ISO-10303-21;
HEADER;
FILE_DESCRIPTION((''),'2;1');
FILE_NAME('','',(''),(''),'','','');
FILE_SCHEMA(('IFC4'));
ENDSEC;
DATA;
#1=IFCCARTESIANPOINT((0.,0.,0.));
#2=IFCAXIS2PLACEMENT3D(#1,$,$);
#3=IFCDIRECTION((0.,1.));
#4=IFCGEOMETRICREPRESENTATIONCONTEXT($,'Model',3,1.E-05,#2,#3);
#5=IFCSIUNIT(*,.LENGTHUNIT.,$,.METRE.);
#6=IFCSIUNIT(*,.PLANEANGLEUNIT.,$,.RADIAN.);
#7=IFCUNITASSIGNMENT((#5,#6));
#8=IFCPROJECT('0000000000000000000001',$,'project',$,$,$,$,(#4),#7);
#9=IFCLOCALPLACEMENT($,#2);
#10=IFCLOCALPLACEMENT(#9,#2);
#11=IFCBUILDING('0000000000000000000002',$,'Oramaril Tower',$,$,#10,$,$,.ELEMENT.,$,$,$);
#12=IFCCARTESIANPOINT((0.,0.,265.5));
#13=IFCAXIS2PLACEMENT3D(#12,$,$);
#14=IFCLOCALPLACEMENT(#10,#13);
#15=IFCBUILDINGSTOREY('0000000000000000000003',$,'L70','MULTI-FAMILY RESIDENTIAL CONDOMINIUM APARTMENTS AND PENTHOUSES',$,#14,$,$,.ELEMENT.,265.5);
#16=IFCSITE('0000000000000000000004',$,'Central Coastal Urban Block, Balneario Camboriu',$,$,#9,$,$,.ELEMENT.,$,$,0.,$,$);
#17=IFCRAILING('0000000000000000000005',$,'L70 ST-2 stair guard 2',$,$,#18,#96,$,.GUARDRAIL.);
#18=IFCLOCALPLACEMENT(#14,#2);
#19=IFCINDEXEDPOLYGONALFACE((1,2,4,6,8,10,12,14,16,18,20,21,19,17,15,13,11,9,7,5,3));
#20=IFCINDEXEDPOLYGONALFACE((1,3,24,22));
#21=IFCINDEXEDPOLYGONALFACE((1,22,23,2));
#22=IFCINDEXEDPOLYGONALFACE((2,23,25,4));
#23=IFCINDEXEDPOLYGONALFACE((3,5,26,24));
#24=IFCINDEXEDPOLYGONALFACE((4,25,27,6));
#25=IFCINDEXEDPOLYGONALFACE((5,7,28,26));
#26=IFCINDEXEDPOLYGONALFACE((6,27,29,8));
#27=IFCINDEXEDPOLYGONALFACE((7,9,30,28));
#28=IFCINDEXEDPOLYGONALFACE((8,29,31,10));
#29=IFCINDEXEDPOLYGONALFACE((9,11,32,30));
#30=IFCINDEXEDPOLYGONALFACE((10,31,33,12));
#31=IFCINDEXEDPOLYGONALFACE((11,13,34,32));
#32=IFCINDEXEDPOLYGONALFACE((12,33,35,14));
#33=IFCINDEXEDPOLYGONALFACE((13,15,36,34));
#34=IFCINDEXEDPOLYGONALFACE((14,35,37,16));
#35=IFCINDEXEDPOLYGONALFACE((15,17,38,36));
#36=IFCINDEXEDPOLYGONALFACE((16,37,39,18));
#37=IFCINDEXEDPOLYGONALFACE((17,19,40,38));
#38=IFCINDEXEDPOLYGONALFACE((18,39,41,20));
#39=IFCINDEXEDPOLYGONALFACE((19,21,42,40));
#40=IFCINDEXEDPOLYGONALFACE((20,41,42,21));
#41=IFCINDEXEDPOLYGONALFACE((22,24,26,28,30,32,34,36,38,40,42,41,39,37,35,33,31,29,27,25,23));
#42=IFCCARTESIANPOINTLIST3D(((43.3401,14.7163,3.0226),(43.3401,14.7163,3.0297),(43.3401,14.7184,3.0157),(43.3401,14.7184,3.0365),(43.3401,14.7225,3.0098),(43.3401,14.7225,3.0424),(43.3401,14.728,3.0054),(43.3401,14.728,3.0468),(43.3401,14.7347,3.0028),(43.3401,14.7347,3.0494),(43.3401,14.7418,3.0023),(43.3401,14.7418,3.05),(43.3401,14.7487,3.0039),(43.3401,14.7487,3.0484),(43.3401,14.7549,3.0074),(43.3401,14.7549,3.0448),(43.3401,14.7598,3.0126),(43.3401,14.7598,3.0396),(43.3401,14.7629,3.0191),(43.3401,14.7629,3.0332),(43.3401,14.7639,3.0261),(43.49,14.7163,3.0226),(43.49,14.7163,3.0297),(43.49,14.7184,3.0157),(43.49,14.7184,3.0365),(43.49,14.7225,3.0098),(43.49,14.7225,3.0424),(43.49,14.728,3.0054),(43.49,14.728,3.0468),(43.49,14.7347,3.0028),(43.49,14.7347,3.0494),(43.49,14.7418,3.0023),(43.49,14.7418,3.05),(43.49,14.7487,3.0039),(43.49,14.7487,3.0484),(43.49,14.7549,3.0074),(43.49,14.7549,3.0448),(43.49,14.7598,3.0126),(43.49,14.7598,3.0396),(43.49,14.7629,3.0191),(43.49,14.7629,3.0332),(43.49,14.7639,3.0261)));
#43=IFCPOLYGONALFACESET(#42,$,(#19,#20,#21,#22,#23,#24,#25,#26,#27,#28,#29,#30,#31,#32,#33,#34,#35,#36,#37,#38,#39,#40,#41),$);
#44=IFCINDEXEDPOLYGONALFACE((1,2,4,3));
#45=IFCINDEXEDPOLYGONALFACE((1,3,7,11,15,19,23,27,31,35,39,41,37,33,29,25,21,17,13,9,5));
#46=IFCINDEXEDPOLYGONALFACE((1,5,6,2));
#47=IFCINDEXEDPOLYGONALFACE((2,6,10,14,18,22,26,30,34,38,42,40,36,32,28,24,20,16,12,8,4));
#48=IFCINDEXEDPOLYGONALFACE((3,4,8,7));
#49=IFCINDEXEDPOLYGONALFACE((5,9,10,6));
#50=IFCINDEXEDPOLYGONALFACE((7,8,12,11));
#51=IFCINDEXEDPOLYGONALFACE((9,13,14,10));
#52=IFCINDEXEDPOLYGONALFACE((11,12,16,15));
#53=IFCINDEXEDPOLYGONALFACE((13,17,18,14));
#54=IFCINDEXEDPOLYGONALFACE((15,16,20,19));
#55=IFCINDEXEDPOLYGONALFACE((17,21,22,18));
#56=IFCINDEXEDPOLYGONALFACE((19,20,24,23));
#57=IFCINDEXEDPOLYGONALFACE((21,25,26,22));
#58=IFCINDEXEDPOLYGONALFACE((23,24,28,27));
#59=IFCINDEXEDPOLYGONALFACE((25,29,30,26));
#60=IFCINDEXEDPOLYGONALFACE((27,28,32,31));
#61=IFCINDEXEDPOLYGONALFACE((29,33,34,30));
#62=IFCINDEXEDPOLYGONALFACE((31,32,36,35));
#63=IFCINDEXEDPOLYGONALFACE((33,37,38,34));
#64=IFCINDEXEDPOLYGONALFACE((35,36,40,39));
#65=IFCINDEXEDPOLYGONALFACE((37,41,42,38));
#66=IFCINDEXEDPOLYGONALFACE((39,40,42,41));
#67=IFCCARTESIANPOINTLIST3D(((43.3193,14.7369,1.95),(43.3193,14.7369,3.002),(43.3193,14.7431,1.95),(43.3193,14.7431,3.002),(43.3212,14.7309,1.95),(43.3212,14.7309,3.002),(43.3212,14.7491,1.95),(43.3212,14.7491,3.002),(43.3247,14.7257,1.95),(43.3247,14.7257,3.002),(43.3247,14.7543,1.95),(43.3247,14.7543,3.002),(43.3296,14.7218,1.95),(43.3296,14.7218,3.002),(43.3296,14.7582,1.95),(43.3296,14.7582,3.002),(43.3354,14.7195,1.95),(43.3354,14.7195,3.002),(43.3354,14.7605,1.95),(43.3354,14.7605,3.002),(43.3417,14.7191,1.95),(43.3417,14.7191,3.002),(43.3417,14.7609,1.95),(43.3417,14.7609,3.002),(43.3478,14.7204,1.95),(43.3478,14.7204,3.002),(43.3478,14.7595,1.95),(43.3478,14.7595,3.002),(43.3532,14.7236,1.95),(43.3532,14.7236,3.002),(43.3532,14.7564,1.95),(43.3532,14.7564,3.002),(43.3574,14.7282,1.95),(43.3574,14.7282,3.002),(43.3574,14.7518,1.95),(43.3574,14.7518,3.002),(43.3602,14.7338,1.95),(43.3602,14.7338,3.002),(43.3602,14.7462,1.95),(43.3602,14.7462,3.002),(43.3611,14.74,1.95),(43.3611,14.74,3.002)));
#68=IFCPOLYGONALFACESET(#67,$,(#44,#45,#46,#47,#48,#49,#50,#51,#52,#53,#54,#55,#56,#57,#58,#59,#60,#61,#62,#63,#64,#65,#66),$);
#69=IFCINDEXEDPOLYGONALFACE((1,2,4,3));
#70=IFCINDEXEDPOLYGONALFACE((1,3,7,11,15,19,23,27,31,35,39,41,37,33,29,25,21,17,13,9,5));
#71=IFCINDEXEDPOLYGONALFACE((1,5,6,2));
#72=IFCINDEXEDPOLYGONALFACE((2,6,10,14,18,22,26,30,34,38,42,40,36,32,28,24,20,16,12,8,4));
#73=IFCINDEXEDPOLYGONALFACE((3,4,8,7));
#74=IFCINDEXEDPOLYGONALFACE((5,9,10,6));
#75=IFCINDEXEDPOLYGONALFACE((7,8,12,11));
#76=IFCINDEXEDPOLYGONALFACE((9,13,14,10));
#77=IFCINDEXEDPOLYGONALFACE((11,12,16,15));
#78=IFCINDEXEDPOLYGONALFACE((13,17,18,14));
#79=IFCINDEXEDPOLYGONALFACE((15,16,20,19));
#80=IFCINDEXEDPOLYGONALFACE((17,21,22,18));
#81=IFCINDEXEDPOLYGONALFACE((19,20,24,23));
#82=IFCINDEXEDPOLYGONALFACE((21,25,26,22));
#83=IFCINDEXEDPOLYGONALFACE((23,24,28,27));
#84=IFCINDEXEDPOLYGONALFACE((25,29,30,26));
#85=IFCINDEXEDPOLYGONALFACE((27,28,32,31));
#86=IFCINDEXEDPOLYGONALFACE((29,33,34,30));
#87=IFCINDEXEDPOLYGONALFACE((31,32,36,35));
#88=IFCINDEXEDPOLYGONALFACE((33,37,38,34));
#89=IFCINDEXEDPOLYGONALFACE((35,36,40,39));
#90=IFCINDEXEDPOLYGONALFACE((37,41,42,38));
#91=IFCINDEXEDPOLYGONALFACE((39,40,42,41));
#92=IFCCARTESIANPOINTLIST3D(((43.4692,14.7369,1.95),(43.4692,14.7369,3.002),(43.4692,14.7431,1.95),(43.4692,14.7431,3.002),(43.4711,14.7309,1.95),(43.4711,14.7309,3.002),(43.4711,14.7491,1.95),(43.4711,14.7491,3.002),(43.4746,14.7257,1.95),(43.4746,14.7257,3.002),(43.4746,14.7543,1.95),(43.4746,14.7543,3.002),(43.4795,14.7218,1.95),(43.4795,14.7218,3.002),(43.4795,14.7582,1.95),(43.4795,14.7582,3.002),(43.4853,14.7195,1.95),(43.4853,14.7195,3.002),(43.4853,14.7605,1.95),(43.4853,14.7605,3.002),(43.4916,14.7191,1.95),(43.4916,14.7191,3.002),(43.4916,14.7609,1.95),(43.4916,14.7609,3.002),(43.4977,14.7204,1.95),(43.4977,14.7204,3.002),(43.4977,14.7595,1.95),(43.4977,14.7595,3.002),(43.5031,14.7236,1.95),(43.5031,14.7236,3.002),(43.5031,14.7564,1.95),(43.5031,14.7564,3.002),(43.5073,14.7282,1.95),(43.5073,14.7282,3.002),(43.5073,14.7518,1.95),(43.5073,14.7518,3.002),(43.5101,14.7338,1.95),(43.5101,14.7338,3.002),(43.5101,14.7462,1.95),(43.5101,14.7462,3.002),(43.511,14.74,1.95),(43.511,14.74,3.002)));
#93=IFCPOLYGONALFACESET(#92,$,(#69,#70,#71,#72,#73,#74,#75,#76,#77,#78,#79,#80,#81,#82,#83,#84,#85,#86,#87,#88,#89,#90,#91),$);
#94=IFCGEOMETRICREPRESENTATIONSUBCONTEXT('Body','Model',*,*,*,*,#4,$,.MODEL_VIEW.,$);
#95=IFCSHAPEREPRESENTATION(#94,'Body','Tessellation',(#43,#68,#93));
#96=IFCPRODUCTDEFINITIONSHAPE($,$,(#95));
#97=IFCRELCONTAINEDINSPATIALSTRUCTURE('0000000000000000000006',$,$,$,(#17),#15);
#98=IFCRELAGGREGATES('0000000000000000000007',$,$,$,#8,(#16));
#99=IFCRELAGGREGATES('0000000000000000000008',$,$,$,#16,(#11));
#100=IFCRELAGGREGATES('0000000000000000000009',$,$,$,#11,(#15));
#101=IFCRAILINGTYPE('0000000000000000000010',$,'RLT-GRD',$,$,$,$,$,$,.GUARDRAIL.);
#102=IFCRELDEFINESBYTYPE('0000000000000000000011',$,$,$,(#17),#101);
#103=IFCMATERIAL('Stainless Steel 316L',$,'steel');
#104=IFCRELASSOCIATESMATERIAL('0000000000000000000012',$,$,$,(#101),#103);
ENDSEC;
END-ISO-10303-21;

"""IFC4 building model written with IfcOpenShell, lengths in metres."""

from ifc_helpers import new_model, si_unit, direction, frame, origin, origin_2d, place, context, subcontext, project, spatial, circle, extrude, material, type_object, element, save


model = new_model("IFC4")

# Units and contexts
model_context = context("Model", 3, precision=1e-05, world=origin(), true_north=direction((0.0, 1.0)))
body_context = subcontext(model_context, "Body", "Model", "MODEL_VIEW")
ifc_project = project(units=[si_unit("LENGTHUNIT", "METRE"), si_unit("PLANEANGLEUNIT", "RADIAN")], contexts=[model_context])

# Site, building, storey
site_placement = place(None, origin())
site = spatial("IfcSite", under=ifc_project, at=site_placement, Name="Central Coastal Urban Block, Balneario Camboriu", CompositionType="ELEMENT", RefElevation=0.0)
building_placement = place(site_placement, origin())
building = spatial("IfcBuilding", under=site, at=building_placement, Name="Oramaril Tower", CompositionType="ELEMENT")
storey_placement = place(building_placement, frame((0.0, 0.0, 265.5)))
storey = spatial("IfcBuildingStorey", under=building, at=storey_placement, Name="L70", Description="MULTI-FAMILY RESIDENTIAL CONDOMINIUM APARTMENTS AND PENTHOUSES", CompositionType="ELEMENT", Elevation=265.5)

# Railing
ifc_material_1 = material(Name="Stainless Steel 316L", Category="steel")
railing_type_1 = type_object("IfcRailingType", Name="RLT-GRD", PredefinedType="GUARDRAIL", material=ifc_material_1)
railing_1_placement = place(storey_placement, frame((43.3401, 14.74, 1.95)))
element("IfcRailing", 1, at=railing_1_placement, inside=storey, type_object=railing_type_1, Name="L70 ST-2 stair guard 2", PredefinedType="GUARDRAIL", context=body_context, shape_type="SweptSolid", body=[
    extrude(circle(Radius=0.0239, at=origin_2d()), frame((0.0, 0.0, 1.0762), z_axis=(1.0, 0.0, 0.0), x_axis=(0.0, 1.0, 0.0)), (0.0, 0.0, 1.0), 0.1499),
    extrude(circle(Radius=0.021, at=origin_2d()), origin(), (0.0, 0.0, 1.0), 1.052),
    extrude(circle(Radius=0.021, at=origin_2d()), frame((0.1499, 0.0, 0.0)), (0.0, 0.0, 1.0), 1.052),
])

save(model, "model.ifc")
